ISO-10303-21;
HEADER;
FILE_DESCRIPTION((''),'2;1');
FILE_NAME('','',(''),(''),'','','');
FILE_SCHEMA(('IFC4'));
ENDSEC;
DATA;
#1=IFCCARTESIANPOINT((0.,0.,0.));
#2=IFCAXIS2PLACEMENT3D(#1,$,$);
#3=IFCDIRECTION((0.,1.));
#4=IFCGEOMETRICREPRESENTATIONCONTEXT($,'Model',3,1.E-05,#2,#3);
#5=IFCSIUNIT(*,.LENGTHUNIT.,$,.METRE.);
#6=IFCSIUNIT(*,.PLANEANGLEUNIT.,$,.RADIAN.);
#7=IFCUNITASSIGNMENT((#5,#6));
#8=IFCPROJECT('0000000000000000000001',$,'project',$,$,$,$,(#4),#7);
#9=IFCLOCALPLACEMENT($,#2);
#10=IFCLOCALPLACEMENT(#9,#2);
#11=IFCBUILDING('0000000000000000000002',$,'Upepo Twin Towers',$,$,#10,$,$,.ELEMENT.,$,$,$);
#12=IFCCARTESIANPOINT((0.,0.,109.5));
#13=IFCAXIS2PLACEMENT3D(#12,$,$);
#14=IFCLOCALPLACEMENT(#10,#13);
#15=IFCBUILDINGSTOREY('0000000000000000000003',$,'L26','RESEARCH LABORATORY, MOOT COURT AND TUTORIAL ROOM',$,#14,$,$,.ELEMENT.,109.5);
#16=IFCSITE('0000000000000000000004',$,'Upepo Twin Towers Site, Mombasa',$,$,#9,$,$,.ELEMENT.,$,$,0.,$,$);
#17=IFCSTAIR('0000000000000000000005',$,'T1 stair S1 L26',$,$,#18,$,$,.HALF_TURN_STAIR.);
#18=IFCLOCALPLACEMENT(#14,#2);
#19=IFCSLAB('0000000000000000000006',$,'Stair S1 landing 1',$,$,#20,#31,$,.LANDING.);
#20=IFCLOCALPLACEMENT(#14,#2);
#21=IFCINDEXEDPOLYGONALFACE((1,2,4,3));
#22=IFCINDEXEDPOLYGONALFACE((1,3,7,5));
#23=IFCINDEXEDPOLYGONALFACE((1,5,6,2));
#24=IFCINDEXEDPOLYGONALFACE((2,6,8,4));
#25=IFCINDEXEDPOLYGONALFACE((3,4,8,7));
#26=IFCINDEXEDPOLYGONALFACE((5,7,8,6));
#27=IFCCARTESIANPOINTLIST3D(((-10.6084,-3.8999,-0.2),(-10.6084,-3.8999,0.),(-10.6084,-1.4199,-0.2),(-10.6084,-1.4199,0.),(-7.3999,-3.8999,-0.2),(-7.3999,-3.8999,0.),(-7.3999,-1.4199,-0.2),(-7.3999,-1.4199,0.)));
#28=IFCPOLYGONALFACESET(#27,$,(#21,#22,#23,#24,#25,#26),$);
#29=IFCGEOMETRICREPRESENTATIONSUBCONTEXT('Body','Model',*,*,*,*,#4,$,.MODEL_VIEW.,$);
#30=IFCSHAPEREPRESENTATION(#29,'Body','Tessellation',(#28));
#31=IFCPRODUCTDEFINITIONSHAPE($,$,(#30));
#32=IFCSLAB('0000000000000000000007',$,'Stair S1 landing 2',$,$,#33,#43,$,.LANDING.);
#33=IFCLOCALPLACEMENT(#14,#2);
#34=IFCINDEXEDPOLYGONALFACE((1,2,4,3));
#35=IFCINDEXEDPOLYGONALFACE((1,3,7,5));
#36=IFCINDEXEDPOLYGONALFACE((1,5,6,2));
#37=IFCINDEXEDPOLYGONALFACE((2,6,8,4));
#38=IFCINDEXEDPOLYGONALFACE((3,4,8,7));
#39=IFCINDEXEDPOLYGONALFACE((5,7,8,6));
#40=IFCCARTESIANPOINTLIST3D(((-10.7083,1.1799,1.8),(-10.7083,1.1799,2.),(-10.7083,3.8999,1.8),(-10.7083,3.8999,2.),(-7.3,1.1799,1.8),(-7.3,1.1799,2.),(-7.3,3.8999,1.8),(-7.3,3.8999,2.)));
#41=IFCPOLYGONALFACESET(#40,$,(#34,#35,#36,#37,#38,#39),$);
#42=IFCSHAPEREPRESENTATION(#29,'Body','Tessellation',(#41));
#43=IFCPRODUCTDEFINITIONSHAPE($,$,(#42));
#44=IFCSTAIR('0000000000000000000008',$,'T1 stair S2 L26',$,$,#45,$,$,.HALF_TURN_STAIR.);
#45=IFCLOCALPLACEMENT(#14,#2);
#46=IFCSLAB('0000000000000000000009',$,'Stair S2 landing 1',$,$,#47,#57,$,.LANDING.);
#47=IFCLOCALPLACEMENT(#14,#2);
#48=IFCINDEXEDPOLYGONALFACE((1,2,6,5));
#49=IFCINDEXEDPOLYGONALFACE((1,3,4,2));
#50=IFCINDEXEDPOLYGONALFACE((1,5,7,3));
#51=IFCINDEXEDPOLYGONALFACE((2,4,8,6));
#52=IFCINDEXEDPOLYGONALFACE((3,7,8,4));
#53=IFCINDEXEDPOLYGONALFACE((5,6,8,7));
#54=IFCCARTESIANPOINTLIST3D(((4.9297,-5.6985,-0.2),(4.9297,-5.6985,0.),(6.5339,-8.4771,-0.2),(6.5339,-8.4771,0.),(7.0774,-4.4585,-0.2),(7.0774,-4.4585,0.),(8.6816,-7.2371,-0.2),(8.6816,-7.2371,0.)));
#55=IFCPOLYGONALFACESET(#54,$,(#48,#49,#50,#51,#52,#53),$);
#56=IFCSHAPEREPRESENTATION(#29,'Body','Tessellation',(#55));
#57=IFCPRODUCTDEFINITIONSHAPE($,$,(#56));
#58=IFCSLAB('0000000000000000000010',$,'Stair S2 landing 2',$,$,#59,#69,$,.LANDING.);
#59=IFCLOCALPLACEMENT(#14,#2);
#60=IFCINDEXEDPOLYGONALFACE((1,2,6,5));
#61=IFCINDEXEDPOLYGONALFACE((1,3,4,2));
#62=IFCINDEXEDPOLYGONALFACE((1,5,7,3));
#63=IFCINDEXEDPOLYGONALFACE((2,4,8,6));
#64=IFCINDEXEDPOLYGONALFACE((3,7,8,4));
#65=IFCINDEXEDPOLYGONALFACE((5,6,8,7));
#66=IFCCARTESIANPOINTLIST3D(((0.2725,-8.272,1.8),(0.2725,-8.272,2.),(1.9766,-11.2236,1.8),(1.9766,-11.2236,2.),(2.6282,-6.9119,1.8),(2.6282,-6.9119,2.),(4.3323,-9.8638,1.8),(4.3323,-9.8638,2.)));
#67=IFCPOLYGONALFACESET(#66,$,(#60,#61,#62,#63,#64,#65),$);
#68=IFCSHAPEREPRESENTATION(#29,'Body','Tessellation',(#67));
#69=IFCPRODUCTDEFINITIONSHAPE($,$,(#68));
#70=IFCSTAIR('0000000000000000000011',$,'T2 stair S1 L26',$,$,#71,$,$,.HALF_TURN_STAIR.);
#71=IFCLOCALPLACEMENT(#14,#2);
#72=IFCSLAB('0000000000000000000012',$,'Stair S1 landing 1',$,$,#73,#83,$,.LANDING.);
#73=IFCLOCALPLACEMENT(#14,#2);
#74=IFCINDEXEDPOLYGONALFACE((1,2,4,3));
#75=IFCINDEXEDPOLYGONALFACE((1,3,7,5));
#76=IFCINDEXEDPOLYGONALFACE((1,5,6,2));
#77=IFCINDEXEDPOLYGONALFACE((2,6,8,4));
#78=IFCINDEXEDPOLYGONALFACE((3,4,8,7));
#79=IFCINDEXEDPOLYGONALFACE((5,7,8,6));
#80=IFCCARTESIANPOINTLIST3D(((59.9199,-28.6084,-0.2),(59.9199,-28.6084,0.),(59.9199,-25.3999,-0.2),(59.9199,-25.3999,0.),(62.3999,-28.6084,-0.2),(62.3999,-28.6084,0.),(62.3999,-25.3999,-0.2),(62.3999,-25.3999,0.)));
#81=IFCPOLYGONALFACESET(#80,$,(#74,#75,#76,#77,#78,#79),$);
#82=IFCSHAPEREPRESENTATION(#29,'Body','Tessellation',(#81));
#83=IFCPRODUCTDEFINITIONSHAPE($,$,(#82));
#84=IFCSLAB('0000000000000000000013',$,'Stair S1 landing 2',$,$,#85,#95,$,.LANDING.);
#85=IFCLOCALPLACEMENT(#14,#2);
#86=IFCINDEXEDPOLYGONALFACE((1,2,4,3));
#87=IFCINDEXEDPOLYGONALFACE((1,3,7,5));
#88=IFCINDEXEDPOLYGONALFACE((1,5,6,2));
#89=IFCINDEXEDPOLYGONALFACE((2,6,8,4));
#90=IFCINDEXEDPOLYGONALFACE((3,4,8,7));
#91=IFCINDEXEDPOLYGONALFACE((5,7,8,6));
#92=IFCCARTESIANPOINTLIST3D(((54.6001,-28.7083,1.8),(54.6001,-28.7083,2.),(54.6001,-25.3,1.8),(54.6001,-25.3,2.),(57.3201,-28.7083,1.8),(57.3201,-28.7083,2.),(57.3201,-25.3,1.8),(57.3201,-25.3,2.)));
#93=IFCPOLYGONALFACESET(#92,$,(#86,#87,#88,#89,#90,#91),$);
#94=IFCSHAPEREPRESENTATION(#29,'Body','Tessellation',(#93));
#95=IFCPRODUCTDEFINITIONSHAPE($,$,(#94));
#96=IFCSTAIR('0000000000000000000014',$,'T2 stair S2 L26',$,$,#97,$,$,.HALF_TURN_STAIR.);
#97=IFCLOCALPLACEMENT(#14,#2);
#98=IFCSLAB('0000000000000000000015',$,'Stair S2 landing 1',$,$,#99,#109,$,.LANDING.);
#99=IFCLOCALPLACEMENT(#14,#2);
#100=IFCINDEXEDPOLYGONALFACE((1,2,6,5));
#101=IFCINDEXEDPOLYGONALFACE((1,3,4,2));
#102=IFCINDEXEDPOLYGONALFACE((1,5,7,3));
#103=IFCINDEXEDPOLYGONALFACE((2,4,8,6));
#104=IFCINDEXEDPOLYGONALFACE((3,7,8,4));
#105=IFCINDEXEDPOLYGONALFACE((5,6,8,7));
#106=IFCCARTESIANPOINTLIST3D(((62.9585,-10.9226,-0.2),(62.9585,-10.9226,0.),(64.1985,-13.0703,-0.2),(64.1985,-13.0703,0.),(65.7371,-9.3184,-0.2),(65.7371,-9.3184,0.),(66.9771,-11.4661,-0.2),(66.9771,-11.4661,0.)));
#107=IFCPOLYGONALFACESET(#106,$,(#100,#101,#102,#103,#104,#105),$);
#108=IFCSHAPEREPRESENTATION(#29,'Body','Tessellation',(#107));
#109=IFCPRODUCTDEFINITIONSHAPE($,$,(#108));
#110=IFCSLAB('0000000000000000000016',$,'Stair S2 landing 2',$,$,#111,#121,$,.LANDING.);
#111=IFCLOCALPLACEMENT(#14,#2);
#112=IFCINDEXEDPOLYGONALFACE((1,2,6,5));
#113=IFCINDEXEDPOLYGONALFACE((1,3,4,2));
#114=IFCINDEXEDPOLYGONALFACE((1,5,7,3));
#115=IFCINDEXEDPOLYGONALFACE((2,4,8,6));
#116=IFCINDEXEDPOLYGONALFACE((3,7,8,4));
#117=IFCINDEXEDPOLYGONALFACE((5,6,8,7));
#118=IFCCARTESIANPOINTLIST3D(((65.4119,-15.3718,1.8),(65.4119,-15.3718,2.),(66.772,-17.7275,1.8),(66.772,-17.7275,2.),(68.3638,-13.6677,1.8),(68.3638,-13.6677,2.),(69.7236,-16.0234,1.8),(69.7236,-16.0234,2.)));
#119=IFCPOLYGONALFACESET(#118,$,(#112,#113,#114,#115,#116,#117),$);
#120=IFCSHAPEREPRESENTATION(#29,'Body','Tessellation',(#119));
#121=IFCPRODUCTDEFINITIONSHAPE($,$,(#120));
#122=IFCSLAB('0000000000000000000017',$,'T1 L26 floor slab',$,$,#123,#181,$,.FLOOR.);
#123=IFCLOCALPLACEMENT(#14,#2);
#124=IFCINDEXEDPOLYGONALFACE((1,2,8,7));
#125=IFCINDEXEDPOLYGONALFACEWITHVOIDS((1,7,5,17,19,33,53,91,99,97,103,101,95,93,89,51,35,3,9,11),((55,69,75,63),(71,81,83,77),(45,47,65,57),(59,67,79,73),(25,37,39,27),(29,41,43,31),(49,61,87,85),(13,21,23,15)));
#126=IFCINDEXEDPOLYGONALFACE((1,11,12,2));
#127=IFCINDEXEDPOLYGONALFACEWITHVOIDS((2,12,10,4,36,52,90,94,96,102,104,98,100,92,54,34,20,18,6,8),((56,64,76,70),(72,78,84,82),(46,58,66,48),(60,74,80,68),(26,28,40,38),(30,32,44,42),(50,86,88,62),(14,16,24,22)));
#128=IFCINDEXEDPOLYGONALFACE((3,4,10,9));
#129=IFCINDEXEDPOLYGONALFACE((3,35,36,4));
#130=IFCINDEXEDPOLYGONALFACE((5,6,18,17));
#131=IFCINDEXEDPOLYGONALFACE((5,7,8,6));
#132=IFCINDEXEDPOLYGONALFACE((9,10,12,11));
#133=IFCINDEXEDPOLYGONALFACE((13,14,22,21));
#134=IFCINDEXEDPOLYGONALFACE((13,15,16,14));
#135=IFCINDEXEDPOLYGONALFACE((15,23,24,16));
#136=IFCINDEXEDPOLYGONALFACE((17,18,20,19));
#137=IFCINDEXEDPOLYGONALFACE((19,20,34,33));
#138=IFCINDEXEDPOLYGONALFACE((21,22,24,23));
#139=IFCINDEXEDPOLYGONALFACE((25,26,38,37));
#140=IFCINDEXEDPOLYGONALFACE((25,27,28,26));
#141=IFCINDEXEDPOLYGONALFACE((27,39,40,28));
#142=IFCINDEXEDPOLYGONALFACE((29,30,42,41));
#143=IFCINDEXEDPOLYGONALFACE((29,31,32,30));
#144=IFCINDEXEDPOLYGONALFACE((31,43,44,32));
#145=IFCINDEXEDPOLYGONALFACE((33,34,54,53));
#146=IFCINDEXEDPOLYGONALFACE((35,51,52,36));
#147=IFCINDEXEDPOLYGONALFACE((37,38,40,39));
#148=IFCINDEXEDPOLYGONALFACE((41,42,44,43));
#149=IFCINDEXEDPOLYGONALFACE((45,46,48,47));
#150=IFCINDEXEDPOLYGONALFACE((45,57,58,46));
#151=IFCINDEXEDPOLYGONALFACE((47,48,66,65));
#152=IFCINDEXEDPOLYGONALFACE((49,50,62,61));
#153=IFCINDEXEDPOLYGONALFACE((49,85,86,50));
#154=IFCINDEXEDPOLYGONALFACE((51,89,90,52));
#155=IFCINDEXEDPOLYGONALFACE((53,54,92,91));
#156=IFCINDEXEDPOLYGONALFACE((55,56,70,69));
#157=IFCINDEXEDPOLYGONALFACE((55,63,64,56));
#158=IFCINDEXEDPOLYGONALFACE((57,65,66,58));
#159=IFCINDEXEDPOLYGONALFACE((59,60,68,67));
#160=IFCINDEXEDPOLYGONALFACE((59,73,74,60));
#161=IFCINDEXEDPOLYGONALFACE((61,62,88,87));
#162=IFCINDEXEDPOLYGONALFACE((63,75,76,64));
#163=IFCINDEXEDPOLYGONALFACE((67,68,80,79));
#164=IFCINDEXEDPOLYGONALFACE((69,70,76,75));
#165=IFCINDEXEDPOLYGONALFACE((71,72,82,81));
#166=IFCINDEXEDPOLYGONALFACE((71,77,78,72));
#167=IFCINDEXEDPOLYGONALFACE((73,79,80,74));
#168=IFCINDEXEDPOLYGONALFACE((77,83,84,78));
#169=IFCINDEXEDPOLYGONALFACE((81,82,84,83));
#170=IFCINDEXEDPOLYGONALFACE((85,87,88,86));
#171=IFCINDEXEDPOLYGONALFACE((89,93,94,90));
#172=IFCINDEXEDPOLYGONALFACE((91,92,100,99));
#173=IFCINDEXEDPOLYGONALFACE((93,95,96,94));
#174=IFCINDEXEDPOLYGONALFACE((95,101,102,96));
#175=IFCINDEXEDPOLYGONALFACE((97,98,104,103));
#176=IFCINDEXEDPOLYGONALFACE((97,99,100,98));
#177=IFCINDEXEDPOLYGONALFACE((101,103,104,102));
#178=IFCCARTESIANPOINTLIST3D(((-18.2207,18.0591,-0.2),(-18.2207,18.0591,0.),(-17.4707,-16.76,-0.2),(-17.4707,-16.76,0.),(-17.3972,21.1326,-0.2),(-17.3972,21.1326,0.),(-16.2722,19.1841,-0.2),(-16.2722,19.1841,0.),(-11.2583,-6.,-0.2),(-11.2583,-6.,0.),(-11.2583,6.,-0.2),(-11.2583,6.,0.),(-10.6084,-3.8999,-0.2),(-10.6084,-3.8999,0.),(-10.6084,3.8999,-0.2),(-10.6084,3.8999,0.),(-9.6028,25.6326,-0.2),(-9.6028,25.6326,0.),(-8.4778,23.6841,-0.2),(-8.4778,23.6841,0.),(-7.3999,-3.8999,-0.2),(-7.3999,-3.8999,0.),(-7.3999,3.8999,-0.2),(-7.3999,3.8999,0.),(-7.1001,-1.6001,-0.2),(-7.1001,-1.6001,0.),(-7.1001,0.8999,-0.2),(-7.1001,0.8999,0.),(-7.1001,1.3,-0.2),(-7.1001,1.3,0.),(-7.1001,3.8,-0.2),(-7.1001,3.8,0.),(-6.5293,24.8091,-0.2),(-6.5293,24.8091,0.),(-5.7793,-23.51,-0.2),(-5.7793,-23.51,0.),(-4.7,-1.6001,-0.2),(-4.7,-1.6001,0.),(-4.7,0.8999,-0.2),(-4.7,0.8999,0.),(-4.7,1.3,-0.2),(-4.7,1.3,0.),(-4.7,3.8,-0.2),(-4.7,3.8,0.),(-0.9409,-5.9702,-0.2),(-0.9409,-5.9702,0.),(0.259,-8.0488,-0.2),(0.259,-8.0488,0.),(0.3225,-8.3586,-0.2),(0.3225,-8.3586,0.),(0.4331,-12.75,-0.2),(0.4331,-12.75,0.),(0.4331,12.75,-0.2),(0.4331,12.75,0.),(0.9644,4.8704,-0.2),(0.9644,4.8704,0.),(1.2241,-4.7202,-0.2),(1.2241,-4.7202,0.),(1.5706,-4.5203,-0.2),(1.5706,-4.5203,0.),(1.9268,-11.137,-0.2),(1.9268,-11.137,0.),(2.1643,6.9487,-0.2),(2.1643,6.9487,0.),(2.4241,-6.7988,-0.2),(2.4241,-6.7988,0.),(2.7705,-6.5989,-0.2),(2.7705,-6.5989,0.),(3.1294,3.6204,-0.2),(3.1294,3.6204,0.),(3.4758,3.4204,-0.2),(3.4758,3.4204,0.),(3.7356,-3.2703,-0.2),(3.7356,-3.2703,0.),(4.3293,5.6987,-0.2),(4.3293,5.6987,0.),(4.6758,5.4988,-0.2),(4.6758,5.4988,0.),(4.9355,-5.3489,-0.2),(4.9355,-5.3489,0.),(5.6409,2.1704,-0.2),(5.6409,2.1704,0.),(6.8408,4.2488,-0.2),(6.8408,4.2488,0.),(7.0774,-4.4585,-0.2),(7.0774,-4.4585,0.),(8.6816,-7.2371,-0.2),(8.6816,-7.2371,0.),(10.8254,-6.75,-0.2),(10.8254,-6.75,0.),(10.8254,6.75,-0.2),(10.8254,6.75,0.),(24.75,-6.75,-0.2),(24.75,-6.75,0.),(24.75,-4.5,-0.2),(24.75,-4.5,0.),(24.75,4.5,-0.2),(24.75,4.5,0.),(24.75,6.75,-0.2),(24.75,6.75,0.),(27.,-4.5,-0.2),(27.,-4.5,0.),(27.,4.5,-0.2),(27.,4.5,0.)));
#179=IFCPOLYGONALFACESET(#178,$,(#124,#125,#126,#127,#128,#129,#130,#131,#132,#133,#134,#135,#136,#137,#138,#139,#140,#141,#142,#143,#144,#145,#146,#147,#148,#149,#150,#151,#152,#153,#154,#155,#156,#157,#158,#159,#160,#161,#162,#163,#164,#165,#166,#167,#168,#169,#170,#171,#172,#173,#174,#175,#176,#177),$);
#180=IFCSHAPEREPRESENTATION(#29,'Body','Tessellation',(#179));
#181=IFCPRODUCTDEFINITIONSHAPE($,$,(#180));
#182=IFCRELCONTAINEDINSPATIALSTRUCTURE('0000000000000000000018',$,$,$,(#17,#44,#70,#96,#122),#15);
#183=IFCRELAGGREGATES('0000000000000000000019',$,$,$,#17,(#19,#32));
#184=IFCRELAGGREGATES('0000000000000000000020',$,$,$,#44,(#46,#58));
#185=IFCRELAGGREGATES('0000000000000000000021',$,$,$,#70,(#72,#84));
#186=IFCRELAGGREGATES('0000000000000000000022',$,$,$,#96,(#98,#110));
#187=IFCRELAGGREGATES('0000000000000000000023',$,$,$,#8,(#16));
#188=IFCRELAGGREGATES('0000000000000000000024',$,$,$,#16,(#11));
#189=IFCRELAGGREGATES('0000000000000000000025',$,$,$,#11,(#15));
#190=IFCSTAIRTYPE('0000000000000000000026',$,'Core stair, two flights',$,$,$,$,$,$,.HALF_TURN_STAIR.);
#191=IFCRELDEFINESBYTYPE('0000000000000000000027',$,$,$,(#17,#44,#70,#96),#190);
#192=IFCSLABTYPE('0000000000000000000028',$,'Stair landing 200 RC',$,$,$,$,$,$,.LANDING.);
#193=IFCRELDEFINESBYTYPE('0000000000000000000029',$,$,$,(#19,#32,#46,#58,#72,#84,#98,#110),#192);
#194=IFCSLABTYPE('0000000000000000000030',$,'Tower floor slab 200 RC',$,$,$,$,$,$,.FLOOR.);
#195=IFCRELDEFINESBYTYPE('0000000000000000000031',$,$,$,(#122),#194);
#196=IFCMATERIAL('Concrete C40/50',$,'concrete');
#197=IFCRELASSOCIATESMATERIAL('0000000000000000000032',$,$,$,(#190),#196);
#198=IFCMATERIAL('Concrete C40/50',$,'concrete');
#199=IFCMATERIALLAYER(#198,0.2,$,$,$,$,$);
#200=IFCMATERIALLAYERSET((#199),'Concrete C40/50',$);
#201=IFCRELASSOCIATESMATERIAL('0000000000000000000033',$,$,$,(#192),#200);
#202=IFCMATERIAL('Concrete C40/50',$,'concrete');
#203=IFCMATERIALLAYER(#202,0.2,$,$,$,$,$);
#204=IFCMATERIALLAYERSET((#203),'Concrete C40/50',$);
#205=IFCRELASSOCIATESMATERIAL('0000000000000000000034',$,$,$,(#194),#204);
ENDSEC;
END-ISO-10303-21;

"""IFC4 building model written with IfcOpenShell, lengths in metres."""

from ifc_helpers import new_model, si_unit, direction, frame, origin, place, context, subcontext, project, spatial, polyline, outline, extrude, material, layer, layer_set, type_object, element, aggregate, save


model = new_model("IFC4")

# Units and contexts
model_context = context("Model", 3, precision=1e-05, world=origin(), true_north=direction((0.0, 1.0)))
body_context = subcontext(model_context, "Body", "Model", "MODEL_VIEW")
ifc_project = project(units=[si_unit("LENGTHUNIT", "METRE"), si_unit("PLANEANGLEUNIT", "RADIAN")], contexts=[model_context])

# Site, building, storey
site_placement = place(None, origin())
site = spatial("IfcSite", under=ifc_project, at=site_placement, Name="Upepo Twin Towers Site, Mombasa", CompositionType="ELEMENT", RefElevation=0.0)
building_placement = place(site_placement, origin())
building = spatial("IfcBuilding", under=site, at=building_placement, Name="Upepo Twin Towers", CompositionType="ELEMENT")
storey_placement = place(building_placement, frame((0.0, 0.0, 109.5)))
storey = spatial("IfcBuildingStorey", under=building, at=storey_placement, Name="L26", Description="RESEARCH LABORATORY, MOOT COURT AND TUTORIAL ROOM", CompositionType="ELEMENT", Elevation=109.5)

# Stairs, slabs
ifc_material_1 = material(Name="Concrete C40/50", Category="concrete")
stair_type = type_object("IfcStairType", Name="Core stair, two flights", PredefinedType="HALF_TURN_STAIR", material=ifc_material_1)
stair_1_placement = place(storey_placement, origin())
stair_1 = element("IfcStair", 1, at=stair_1_placement, inside=storey, type_object=stair_type, Name="T1 stair S1 L26", PredefinedType="HALF_TURN_STAIR")
ifc_material_2 = material(Name="Concrete C40/50", Category="concrete")
ifc_layer_1 = layer(ifc_material_2, 0.2)
ifc_layer_set_1 = layer_set([ifc_layer_1], Name="Concrete C40/50")
slab_type_1 = type_object("IfcSlabType", Name="Stair landing 200 RC", PredefinedType="LANDING", material=ifc_layer_set_1)
slab_1_placement = place(storey_placement, frame((0.0, 0.0, -0.2)))
slab_1 = element("IfcSlab", 2, at=slab_1_placement, type_object=slab_type_1, Name="Stair S1 landing 1", PredefinedType="LANDING", context=body_context, shape_type="SweptSolid", body=[
    extrude(outline(polyline([(-7.3999, -1.4199), (-10.6084, -1.4199), (-10.6084, -3.8999), (-7.3999, -3.8999), (-7.3999, -1.4199)])), origin(), (0.0, 0.0, 1.0), 0.2),
])
slab_2_placement = place(storey_placement, frame((0.0, 0.0, 1.8)))
slab_2 = element("IfcSlab", 3, at=slab_2_placement, type_object=slab_type_1, Name="Stair S1 landing 2", PredefinedType="LANDING", context=body_context, shape_type="SweptSolid", body=[
    extrude(outline(polyline([(-7.3, 3.8999), (-10.7083, 3.8999), (-10.7083, 1.1799), (-7.3, 1.1799), (-7.3, 3.8999)])), origin(), (0.0, 0.0, 1.0), 0.2),
])
aggregate(stair_1, [slab_1, slab_2])
stair_2_placement = place(storey_placement, origin())
stair_2 = element("IfcStair", 4, at=stair_2_placement, inside=storey, type_object=stair_type, Name="T1 stair S2 L26", PredefinedType="HALF_TURN_STAIR")
slab_3_placement = place(storey_placement, frame((0.0, 0.0, -0.2)))
slab_3 = element("IfcSlab", 5, at=slab_3_placement, type_object=slab_type_1, Name="Stair S2 landing 1", PredefinedType="LANDING", context=body_context, shape_type="SweptSolid", body=[
    extrude(outline(polyline([(4.9297, -5.6985), (6.5339, -8.4771), (8.6816, -7.2371), (7.0774, -4.4585), (4.9297, -5.6985)])), origin(), (0.0, 0.0, 1.0), 0.2),
])
slab_4_placement = place(storey_placement, frame((0.0, 0.0, 1.8)))
slab_4 = element("IfcSlab", 6, at=slab_4_placement, type_object=slab_type_1, Name="Stair S2 landing 2", PredefinedType="LANDING", context=body_context, shape_type="SweptSolid", body=[
    extrude(outline(polyline([(0.2725, -8.272), (1.9766, -11.2236), (4.3323, -9.8638), (2.6282, -6.9119), (0.2725, -8.272)])), origin(), (0.0, 0.0, 1.0), 0.2),
])
aggregate(stair_2, [slab_3, slab_4])
stair_3_placement = place(storey_placement, origin())
stair_3 = element("IfcStair", 7, at=stair_3_placement, inside=storey, type_object=stair_type, Name="T2 stair S1 L26", PredefinedType="HALF_TURN_STAIR")
slab_5_placement = place(storey_placement, frame((0.0, 0.0, -0.2)))
slab_5 = element("IfcSlab", 8, at=slab_5_placement, type_object=slab_type_1, Name="Stair S1 landing 1", PredefinedType="LANDING", context=body_context, shape_type="SweptSolid", body=[
    extrude(outline(polyline([(59.9199, -25.3999), (59.9199, -28.6084), (62.3999, -28.6084), (62.3999, -25.3999), (59.9199, -25.3999)])), origin(), (0.0, 0.0, 1.0), 0.2),
])
slab_6_placement = place(storey_placement, frame((0.0, 0.0, 1.8)))
slab_6 = element("IfcSlab", 9, at=slab_6_placement, type_object=slab_type_1, Name="Stair S1 landing 2", PredefinedType="LANDING", context=body_context, shape_type="SweptSolid", body=[
    extrude(outline(polyline([(54.6001, -25.3), (54.6001, -28.7083), (57.3201, -28.7083), (57.3201, -25.3), (54.6001, -25.3)])), origin(), (0.0, 0.0, 1.0), 0.2),
])
aggregate(stair_3, [slab_5, slab_6])
stair_4_placement = place(storey_placement, origin())
stair_4 = element("IfcStair", 10, at=stair_4_placement, inside=storey, type_object=stair_type, Name="T2 stair S2 L26", PredefinedType="HALF_TURN_STAIR")
slab_7_placement = place(storey_placement, frame((0.0, 0.0, -0.2)))
slab_7 = element("IfcSlab", 11, at=slab_7_placement, type_object=slab_type_1, Name="Stair S2 landing 1", PredefinedType="LANDING", context=body_context, shape_type="SweptSolid", body=[
    extrude(outline(polyline([(64.1985, -13.0703), (66.9771, -11.4661), (65.7371, -9.3184), (62.9585, -10.9226), (64.1985, -13.0703)])), origin(), (0.0, 0.0, 1.0), 0.2),
])
slab_8_placement = place(storey_placement, frame((0.0, 0.0, 1.8)))
slab_8 = element("IfcSlab", 12, at=slab_8_placement, type_object=slab_type_1, Name="Stair S2 landing 2", PredefinedType="LANDING", context=body_context, shape_type="SweptSolid", body=[
    extrude(outline(polyline([(66.772, -17.7275), (69.7236, -16.0234), (68.3638, -13.6677), (65.4119, -15.3718), (66.772, -17.7275)])), origin(), (0.0, 0.0, 1.0), 0.2),
])
aggregate(stair_4, [slab_7, slab_8])

# Slab
ifc_material_3 = material(Name="Concrete C40/50", Category="concrete")
ifc_layer_2 = layer(ifc_material_3, 0.2)
ifc_layer_set_2 = layer_set([ifc_layer_2], Name="Concrete C40/50")
slab_type_2 = type_object("IfcSlabType", Name="Tower floor slab 200 RC", PredefinedType="FLOOR", material=ifc_layer_set_2)
slab_9_placement = place(storey_placement, frame((0.0, 0.0, -0.2)))
element("IfcSlab", 13, at=slab_9_placement, inside=storey, type_object=slab_type_2, Name="T1 L26 floor slab", PredefinedType="FLOOR", context=body_context, shape_type="SweptSolid", body=[
    extrude(outline(polyline([(-17.4707, -16.76), (-11.2583, -6.0), (-11.2583, 6.0), (-18.2207, 18.0591), (-16.2722, 19.1841), (-17.3972, 21.1326), (-9.6028, 25.6326), (-8.4778, 23.6841), (-6.5293, 24.8091), (0.4331, 12.75), (10.8254, 6.75), (24.75, 6.75), (24.75, 4.5), (27.0, 4.5), (27.0, -4.5), (24.75, -4.5), (24.75, -6.75), (10.8254, -6.75), (0.4331, -12.75), (-5.7793, -23.51), (-17.4707, -16.76)]), holes=[polyline([(5.6409, 2.1704), (6.8408, 4.2488), (4.6758, 5.4988), (3.4758, 3.4204), (5.6409, 2.1704)]), polyline([(3.1294, 3.6204), (4.3293, 5.6987), (2.1643, 6.9487), (0.9644, 4.8704), (3.1294, 3.6204)]), polyline([(-4.7, 3.8), (-7.1001, 3.8), (-7.1001, 1.3), (-4.7, 1.3), (-4.7, 3.8)]), polyline([(-4.7, 0.8999), (-7.1001, 0.8999), (-7.1001, -1.6001), (-4.7, -1.6001), (-4.7, 0.8999)]), polyline([(-7.3999, 3.8999), (-10.6084, 3.8999), (-10.6084, -3.8999), (-7.3999, -3.8999), (-7.3999, 3.8999)]), polyline([(-0.9409, -5.9702), (0.259, -8.0488), (2.4241, -6.7988), (1.2241, -4.7202), (-0.9409, -5.9702)]), polyline([(1.5706, -4.5203), (2.7705, -6.5989), (4.9355, -5.3489), (3.7356, -3.2703), (1.5706, -4.5203)]), polyline([(0.3225, -8.3586), (1.9268, -11.137), (8.6816, -7.2371), (7.0774, -4.4585), (0.3225, -8.3586)])]), origin(), (0.0, 0.0, 1.0), 0.2),
])

save(model, "model.ifc")
